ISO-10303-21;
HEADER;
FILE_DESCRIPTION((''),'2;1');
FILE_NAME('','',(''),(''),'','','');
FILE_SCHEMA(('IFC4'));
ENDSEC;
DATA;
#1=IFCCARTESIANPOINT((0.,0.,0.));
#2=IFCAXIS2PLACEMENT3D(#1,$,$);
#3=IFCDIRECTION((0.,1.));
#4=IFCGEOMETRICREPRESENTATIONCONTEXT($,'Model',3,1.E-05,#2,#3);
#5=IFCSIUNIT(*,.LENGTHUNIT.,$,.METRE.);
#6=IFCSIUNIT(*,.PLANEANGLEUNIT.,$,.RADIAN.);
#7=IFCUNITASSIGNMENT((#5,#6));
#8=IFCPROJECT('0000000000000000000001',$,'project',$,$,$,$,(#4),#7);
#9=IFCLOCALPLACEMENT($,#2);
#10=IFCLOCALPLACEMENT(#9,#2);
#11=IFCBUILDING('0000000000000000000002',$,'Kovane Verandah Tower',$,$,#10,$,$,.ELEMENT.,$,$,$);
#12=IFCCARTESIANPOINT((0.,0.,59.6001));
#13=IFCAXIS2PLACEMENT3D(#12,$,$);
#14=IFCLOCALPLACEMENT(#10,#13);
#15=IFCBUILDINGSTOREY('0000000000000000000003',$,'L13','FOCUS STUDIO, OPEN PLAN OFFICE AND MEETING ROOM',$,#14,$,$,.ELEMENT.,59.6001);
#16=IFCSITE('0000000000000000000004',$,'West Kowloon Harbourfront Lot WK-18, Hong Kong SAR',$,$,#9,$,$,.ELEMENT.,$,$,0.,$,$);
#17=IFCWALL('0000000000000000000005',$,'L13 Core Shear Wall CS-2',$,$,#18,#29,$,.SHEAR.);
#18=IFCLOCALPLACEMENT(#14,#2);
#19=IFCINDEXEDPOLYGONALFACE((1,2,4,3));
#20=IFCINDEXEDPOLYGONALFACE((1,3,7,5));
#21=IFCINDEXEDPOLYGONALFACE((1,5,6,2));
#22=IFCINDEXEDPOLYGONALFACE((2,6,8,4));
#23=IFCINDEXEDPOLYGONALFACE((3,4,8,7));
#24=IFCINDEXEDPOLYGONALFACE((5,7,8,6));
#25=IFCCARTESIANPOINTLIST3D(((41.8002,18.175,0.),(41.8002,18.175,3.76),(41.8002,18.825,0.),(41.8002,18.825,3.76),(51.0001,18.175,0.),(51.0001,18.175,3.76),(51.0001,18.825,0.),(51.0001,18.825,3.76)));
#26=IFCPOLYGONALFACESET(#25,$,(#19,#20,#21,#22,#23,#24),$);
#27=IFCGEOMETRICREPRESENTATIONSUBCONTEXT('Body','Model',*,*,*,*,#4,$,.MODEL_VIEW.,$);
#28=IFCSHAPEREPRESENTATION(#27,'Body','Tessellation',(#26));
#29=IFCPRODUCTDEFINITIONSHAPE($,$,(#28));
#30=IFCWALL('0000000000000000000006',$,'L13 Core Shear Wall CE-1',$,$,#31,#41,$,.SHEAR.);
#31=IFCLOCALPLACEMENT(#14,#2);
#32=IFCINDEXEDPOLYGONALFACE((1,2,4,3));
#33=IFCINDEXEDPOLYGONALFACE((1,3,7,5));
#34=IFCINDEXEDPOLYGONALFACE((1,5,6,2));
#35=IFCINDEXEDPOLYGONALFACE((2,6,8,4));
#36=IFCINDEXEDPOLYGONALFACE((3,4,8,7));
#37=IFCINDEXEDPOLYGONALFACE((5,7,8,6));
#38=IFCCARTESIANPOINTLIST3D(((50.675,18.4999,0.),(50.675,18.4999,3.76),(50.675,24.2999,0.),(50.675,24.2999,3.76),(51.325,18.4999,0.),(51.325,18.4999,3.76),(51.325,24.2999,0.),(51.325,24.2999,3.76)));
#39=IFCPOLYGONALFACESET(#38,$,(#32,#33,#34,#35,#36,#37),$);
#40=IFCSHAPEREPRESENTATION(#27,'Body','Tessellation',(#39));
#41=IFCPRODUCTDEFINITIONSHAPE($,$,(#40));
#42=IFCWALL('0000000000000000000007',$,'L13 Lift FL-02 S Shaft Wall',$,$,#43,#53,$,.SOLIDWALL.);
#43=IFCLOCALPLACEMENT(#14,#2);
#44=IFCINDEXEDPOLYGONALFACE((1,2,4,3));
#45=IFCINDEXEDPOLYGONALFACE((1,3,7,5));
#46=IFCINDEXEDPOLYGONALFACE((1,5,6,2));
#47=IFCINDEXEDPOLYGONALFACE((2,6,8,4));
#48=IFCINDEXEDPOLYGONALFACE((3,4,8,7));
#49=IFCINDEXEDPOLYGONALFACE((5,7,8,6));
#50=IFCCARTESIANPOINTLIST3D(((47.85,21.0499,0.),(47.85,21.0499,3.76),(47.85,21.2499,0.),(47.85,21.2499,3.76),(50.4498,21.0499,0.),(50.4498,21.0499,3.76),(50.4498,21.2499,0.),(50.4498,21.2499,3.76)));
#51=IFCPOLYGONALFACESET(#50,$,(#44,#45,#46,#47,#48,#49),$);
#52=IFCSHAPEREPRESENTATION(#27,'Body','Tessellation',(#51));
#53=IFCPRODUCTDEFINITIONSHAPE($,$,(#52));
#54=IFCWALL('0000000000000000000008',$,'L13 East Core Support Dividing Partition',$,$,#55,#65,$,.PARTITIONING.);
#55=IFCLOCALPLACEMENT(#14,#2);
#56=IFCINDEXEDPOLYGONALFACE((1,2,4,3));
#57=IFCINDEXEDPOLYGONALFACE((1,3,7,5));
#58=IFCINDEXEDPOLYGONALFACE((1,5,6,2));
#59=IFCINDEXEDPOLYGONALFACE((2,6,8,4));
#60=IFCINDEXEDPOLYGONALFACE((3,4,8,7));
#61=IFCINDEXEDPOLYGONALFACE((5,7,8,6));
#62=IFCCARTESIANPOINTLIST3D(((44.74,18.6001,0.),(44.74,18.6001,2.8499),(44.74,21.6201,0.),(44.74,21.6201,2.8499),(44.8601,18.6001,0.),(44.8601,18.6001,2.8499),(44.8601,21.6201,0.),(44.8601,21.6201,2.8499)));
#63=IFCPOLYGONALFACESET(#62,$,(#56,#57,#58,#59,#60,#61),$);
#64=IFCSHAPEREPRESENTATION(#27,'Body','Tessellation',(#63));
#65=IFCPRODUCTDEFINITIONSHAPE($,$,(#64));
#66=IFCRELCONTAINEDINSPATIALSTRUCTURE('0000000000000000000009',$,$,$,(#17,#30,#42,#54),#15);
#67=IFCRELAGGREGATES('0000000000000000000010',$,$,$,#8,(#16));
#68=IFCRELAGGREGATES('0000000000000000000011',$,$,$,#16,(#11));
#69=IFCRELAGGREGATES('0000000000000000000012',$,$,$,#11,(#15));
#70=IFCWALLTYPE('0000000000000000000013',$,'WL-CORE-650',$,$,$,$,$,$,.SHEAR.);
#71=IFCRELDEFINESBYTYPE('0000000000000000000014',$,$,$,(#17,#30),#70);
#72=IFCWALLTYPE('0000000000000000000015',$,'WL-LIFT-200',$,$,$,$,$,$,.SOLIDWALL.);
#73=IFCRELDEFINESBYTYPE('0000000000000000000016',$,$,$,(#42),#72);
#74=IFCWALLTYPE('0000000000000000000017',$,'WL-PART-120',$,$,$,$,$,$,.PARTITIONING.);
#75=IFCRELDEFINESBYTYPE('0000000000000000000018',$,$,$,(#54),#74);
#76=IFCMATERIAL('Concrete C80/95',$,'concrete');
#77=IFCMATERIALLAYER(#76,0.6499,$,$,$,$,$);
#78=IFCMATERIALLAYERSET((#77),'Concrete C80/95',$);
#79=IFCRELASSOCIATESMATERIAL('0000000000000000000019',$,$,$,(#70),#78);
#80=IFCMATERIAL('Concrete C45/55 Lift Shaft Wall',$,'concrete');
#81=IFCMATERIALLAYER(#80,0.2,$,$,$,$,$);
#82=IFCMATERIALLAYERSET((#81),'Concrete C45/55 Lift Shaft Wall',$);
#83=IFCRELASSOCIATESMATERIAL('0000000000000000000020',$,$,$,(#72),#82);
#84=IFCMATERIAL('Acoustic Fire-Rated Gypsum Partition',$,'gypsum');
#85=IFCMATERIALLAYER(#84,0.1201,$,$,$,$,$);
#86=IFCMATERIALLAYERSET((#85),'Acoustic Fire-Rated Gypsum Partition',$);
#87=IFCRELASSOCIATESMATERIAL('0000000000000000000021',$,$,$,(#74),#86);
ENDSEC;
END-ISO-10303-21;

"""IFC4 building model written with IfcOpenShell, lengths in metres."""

from ifc_helpers import new_model, si_unit, direction, frame, frame_2d, origin, place, context, subcontext, project, spatial, rectangle, extrude, material, layer, layer_set, type_object, element, save


model = new_model("IFC4")

# Units and contexts
model_context = context("Model", 3, precision=1e-05, world=origin(), true_north=direction((0.0, 1.0)))
body_context = subcontext(model_context, "Body", "Model", "MODEL_VIEW")
ifc_project = project(units=[si_unit("LENGTHUNIT", "METRE"), si_unit("PLANEANGLEUNIT", "RADIAN")], contexts=[model_context])

# Site, building, storey
site_placement = place(None, origin())
site = spatial("IfcSite", under=ifc_project, at=site_placement, Name="West Kowloon Harbourfront Lot WK-18, Hong Kong SAR", CompositionType="ELEMENT", RefElevation=0.0)
building_placement = place(site_placement, origin())
building = spatial("IfcBuilding", under=site, at=building_placement, Name="Kovane Verandah Tower", CompositionType="ELEMENT")
storey_placement = place(building_placement, frame((0.0, 0.0, 59.6001)))
storey = spatial("IfcBuildingStorey", under=building, at=storey_placement, Name="L13", Description="FOCUS STUDIO, OPEN PLAN OFFICE AND MEETING ROOM", CompositionType="ELEMENT", Elevation=59.6001)

# Shared definitions
ifc_material_1 = material(Name="Concrete C80/95", Category="concrete")

# Walls
ifc_layer_1 = layer(ifc_material_1, 0.6499)
ifc_layer_set_1 = layer_set([ifc_layer_1], Name="Concrete C80/95")
wall_type_1 = type_object("IfcWallType", Name="WL-CORE-650", PredefinedType="SHEAR", material=ifc_layer_set_1)
wall_1_placement = place(storey_placement, frame((41.8, 18.5, 0.0), z_axis=(0.0, 0.0, 1.0), x_axis=(1.0, 0.0, 0.0)))
element("IfcWall", 1, at=wall_1_placement, inside=storey, type_object=wall_type_1, Name="L13 Core Shear Wall CS-2", PredefinedType="SHEAR", context=body_context, shape_type="SweptSolid", body=[
    extrude(rectangle(XDim=9.2, YDim=0.6499, at=frame_2d((4.6001, 0.0))), origin(), (0.0, 0.0, 1.0), 3.76),
])
wall_2_placement = place(storey_placement, frame((51.0, 18.5, 0.0), z_axis=(0.0, 0.0, 1.0), x_axis=(0.0, 1.0, 0.0)))
element("IfcWall", 2, at=wall_2_placement, inside=storey, type_object=wall_type_1, Name="L13 Core Shear Wall CE-1", PredefinedType="SHEAR", context=body_context, shape_type="SweptSolid", body=[
    extrude(rectangle(XDim=5.8, YDim=0.6499, at=frame_2d((2.8999, 0.0))), origin(), (0.0, 0.0, 1.0), 3.76),
])
ifc_material_2 = material(Name="Concrete C45/55 Lift Shaft Wall", Category="concrete")
ifc_layer_2 = layer(ifc_material_2, 0.2)
ifc_layer_set_2 = layer_set([ifc_layer_2], Name="Concrete C45/55 Lift Shaft Wall")
wall_type_2 = type_object("IfcWallType", Name="WL-LIFT-200", PredefinedType="SOLIDWALL", material=ifc_layer_set_2)
wall_3_placement = place(storey_placement, frame((47.8501, 21.1499, 0.0), z_axis=(0.0, 0.0, 1.0), x_axis=(1.0, 0.0, 0.0)))
element("IfcWall", 3, at=wall_3_placement, inside=storey, type_object=wall_type_2, Name="L13 Lift FL-02 S Shaft Wall", PredefinedType="SOLIDWALL", context=body_context, shape_type="SweptSolid", body=[
    extrude(rectangle(XDim=2.5999, YDim=0.2, at=frame_2d((1.2998, 0.0))), origin(), (0.0, 0.0, 1.0), 3.76),
])
ifc_material_3 = material(Name="Acoustic Fire-Rated Gypsum Partition", Category="gypsum")
ifc_layer_3 = layer(ifc_material_3, 0.1201)
ifc_layer_set_3 = layer_set([ifc_layer_3], Name="Acoustic Fire-Rated Gypsum Partition")
wall_type_3 = type_object("IfcWallType", Name="WL-PART-120", PredefinedType="PARTITIONING", material=ifc_layer_set_3)
wall_4_placement = place(storey_placement, frame((44.8, 18.6001, 0.0), z_axis=(0.0, 0.0, 1.0), x_axis=(0.0, 1.0, 0.0)))
element("IfcWall", 4, at=wall_4_placement, inside=storey, type_object=wall_type_3, Name="L13 East Core Support Dividing Partition", PredefinedType="PARTITIONING", context=body_context, shape_type="SweptSolid", body=[
    extrude(rectangle(XDim=3.02, YDim=0.1201, at=frame_2d((1.51, 0.0))), origin(), (0.0, 0.0, 1.0), 2.8499),
])

save(model, "model.ifc")
